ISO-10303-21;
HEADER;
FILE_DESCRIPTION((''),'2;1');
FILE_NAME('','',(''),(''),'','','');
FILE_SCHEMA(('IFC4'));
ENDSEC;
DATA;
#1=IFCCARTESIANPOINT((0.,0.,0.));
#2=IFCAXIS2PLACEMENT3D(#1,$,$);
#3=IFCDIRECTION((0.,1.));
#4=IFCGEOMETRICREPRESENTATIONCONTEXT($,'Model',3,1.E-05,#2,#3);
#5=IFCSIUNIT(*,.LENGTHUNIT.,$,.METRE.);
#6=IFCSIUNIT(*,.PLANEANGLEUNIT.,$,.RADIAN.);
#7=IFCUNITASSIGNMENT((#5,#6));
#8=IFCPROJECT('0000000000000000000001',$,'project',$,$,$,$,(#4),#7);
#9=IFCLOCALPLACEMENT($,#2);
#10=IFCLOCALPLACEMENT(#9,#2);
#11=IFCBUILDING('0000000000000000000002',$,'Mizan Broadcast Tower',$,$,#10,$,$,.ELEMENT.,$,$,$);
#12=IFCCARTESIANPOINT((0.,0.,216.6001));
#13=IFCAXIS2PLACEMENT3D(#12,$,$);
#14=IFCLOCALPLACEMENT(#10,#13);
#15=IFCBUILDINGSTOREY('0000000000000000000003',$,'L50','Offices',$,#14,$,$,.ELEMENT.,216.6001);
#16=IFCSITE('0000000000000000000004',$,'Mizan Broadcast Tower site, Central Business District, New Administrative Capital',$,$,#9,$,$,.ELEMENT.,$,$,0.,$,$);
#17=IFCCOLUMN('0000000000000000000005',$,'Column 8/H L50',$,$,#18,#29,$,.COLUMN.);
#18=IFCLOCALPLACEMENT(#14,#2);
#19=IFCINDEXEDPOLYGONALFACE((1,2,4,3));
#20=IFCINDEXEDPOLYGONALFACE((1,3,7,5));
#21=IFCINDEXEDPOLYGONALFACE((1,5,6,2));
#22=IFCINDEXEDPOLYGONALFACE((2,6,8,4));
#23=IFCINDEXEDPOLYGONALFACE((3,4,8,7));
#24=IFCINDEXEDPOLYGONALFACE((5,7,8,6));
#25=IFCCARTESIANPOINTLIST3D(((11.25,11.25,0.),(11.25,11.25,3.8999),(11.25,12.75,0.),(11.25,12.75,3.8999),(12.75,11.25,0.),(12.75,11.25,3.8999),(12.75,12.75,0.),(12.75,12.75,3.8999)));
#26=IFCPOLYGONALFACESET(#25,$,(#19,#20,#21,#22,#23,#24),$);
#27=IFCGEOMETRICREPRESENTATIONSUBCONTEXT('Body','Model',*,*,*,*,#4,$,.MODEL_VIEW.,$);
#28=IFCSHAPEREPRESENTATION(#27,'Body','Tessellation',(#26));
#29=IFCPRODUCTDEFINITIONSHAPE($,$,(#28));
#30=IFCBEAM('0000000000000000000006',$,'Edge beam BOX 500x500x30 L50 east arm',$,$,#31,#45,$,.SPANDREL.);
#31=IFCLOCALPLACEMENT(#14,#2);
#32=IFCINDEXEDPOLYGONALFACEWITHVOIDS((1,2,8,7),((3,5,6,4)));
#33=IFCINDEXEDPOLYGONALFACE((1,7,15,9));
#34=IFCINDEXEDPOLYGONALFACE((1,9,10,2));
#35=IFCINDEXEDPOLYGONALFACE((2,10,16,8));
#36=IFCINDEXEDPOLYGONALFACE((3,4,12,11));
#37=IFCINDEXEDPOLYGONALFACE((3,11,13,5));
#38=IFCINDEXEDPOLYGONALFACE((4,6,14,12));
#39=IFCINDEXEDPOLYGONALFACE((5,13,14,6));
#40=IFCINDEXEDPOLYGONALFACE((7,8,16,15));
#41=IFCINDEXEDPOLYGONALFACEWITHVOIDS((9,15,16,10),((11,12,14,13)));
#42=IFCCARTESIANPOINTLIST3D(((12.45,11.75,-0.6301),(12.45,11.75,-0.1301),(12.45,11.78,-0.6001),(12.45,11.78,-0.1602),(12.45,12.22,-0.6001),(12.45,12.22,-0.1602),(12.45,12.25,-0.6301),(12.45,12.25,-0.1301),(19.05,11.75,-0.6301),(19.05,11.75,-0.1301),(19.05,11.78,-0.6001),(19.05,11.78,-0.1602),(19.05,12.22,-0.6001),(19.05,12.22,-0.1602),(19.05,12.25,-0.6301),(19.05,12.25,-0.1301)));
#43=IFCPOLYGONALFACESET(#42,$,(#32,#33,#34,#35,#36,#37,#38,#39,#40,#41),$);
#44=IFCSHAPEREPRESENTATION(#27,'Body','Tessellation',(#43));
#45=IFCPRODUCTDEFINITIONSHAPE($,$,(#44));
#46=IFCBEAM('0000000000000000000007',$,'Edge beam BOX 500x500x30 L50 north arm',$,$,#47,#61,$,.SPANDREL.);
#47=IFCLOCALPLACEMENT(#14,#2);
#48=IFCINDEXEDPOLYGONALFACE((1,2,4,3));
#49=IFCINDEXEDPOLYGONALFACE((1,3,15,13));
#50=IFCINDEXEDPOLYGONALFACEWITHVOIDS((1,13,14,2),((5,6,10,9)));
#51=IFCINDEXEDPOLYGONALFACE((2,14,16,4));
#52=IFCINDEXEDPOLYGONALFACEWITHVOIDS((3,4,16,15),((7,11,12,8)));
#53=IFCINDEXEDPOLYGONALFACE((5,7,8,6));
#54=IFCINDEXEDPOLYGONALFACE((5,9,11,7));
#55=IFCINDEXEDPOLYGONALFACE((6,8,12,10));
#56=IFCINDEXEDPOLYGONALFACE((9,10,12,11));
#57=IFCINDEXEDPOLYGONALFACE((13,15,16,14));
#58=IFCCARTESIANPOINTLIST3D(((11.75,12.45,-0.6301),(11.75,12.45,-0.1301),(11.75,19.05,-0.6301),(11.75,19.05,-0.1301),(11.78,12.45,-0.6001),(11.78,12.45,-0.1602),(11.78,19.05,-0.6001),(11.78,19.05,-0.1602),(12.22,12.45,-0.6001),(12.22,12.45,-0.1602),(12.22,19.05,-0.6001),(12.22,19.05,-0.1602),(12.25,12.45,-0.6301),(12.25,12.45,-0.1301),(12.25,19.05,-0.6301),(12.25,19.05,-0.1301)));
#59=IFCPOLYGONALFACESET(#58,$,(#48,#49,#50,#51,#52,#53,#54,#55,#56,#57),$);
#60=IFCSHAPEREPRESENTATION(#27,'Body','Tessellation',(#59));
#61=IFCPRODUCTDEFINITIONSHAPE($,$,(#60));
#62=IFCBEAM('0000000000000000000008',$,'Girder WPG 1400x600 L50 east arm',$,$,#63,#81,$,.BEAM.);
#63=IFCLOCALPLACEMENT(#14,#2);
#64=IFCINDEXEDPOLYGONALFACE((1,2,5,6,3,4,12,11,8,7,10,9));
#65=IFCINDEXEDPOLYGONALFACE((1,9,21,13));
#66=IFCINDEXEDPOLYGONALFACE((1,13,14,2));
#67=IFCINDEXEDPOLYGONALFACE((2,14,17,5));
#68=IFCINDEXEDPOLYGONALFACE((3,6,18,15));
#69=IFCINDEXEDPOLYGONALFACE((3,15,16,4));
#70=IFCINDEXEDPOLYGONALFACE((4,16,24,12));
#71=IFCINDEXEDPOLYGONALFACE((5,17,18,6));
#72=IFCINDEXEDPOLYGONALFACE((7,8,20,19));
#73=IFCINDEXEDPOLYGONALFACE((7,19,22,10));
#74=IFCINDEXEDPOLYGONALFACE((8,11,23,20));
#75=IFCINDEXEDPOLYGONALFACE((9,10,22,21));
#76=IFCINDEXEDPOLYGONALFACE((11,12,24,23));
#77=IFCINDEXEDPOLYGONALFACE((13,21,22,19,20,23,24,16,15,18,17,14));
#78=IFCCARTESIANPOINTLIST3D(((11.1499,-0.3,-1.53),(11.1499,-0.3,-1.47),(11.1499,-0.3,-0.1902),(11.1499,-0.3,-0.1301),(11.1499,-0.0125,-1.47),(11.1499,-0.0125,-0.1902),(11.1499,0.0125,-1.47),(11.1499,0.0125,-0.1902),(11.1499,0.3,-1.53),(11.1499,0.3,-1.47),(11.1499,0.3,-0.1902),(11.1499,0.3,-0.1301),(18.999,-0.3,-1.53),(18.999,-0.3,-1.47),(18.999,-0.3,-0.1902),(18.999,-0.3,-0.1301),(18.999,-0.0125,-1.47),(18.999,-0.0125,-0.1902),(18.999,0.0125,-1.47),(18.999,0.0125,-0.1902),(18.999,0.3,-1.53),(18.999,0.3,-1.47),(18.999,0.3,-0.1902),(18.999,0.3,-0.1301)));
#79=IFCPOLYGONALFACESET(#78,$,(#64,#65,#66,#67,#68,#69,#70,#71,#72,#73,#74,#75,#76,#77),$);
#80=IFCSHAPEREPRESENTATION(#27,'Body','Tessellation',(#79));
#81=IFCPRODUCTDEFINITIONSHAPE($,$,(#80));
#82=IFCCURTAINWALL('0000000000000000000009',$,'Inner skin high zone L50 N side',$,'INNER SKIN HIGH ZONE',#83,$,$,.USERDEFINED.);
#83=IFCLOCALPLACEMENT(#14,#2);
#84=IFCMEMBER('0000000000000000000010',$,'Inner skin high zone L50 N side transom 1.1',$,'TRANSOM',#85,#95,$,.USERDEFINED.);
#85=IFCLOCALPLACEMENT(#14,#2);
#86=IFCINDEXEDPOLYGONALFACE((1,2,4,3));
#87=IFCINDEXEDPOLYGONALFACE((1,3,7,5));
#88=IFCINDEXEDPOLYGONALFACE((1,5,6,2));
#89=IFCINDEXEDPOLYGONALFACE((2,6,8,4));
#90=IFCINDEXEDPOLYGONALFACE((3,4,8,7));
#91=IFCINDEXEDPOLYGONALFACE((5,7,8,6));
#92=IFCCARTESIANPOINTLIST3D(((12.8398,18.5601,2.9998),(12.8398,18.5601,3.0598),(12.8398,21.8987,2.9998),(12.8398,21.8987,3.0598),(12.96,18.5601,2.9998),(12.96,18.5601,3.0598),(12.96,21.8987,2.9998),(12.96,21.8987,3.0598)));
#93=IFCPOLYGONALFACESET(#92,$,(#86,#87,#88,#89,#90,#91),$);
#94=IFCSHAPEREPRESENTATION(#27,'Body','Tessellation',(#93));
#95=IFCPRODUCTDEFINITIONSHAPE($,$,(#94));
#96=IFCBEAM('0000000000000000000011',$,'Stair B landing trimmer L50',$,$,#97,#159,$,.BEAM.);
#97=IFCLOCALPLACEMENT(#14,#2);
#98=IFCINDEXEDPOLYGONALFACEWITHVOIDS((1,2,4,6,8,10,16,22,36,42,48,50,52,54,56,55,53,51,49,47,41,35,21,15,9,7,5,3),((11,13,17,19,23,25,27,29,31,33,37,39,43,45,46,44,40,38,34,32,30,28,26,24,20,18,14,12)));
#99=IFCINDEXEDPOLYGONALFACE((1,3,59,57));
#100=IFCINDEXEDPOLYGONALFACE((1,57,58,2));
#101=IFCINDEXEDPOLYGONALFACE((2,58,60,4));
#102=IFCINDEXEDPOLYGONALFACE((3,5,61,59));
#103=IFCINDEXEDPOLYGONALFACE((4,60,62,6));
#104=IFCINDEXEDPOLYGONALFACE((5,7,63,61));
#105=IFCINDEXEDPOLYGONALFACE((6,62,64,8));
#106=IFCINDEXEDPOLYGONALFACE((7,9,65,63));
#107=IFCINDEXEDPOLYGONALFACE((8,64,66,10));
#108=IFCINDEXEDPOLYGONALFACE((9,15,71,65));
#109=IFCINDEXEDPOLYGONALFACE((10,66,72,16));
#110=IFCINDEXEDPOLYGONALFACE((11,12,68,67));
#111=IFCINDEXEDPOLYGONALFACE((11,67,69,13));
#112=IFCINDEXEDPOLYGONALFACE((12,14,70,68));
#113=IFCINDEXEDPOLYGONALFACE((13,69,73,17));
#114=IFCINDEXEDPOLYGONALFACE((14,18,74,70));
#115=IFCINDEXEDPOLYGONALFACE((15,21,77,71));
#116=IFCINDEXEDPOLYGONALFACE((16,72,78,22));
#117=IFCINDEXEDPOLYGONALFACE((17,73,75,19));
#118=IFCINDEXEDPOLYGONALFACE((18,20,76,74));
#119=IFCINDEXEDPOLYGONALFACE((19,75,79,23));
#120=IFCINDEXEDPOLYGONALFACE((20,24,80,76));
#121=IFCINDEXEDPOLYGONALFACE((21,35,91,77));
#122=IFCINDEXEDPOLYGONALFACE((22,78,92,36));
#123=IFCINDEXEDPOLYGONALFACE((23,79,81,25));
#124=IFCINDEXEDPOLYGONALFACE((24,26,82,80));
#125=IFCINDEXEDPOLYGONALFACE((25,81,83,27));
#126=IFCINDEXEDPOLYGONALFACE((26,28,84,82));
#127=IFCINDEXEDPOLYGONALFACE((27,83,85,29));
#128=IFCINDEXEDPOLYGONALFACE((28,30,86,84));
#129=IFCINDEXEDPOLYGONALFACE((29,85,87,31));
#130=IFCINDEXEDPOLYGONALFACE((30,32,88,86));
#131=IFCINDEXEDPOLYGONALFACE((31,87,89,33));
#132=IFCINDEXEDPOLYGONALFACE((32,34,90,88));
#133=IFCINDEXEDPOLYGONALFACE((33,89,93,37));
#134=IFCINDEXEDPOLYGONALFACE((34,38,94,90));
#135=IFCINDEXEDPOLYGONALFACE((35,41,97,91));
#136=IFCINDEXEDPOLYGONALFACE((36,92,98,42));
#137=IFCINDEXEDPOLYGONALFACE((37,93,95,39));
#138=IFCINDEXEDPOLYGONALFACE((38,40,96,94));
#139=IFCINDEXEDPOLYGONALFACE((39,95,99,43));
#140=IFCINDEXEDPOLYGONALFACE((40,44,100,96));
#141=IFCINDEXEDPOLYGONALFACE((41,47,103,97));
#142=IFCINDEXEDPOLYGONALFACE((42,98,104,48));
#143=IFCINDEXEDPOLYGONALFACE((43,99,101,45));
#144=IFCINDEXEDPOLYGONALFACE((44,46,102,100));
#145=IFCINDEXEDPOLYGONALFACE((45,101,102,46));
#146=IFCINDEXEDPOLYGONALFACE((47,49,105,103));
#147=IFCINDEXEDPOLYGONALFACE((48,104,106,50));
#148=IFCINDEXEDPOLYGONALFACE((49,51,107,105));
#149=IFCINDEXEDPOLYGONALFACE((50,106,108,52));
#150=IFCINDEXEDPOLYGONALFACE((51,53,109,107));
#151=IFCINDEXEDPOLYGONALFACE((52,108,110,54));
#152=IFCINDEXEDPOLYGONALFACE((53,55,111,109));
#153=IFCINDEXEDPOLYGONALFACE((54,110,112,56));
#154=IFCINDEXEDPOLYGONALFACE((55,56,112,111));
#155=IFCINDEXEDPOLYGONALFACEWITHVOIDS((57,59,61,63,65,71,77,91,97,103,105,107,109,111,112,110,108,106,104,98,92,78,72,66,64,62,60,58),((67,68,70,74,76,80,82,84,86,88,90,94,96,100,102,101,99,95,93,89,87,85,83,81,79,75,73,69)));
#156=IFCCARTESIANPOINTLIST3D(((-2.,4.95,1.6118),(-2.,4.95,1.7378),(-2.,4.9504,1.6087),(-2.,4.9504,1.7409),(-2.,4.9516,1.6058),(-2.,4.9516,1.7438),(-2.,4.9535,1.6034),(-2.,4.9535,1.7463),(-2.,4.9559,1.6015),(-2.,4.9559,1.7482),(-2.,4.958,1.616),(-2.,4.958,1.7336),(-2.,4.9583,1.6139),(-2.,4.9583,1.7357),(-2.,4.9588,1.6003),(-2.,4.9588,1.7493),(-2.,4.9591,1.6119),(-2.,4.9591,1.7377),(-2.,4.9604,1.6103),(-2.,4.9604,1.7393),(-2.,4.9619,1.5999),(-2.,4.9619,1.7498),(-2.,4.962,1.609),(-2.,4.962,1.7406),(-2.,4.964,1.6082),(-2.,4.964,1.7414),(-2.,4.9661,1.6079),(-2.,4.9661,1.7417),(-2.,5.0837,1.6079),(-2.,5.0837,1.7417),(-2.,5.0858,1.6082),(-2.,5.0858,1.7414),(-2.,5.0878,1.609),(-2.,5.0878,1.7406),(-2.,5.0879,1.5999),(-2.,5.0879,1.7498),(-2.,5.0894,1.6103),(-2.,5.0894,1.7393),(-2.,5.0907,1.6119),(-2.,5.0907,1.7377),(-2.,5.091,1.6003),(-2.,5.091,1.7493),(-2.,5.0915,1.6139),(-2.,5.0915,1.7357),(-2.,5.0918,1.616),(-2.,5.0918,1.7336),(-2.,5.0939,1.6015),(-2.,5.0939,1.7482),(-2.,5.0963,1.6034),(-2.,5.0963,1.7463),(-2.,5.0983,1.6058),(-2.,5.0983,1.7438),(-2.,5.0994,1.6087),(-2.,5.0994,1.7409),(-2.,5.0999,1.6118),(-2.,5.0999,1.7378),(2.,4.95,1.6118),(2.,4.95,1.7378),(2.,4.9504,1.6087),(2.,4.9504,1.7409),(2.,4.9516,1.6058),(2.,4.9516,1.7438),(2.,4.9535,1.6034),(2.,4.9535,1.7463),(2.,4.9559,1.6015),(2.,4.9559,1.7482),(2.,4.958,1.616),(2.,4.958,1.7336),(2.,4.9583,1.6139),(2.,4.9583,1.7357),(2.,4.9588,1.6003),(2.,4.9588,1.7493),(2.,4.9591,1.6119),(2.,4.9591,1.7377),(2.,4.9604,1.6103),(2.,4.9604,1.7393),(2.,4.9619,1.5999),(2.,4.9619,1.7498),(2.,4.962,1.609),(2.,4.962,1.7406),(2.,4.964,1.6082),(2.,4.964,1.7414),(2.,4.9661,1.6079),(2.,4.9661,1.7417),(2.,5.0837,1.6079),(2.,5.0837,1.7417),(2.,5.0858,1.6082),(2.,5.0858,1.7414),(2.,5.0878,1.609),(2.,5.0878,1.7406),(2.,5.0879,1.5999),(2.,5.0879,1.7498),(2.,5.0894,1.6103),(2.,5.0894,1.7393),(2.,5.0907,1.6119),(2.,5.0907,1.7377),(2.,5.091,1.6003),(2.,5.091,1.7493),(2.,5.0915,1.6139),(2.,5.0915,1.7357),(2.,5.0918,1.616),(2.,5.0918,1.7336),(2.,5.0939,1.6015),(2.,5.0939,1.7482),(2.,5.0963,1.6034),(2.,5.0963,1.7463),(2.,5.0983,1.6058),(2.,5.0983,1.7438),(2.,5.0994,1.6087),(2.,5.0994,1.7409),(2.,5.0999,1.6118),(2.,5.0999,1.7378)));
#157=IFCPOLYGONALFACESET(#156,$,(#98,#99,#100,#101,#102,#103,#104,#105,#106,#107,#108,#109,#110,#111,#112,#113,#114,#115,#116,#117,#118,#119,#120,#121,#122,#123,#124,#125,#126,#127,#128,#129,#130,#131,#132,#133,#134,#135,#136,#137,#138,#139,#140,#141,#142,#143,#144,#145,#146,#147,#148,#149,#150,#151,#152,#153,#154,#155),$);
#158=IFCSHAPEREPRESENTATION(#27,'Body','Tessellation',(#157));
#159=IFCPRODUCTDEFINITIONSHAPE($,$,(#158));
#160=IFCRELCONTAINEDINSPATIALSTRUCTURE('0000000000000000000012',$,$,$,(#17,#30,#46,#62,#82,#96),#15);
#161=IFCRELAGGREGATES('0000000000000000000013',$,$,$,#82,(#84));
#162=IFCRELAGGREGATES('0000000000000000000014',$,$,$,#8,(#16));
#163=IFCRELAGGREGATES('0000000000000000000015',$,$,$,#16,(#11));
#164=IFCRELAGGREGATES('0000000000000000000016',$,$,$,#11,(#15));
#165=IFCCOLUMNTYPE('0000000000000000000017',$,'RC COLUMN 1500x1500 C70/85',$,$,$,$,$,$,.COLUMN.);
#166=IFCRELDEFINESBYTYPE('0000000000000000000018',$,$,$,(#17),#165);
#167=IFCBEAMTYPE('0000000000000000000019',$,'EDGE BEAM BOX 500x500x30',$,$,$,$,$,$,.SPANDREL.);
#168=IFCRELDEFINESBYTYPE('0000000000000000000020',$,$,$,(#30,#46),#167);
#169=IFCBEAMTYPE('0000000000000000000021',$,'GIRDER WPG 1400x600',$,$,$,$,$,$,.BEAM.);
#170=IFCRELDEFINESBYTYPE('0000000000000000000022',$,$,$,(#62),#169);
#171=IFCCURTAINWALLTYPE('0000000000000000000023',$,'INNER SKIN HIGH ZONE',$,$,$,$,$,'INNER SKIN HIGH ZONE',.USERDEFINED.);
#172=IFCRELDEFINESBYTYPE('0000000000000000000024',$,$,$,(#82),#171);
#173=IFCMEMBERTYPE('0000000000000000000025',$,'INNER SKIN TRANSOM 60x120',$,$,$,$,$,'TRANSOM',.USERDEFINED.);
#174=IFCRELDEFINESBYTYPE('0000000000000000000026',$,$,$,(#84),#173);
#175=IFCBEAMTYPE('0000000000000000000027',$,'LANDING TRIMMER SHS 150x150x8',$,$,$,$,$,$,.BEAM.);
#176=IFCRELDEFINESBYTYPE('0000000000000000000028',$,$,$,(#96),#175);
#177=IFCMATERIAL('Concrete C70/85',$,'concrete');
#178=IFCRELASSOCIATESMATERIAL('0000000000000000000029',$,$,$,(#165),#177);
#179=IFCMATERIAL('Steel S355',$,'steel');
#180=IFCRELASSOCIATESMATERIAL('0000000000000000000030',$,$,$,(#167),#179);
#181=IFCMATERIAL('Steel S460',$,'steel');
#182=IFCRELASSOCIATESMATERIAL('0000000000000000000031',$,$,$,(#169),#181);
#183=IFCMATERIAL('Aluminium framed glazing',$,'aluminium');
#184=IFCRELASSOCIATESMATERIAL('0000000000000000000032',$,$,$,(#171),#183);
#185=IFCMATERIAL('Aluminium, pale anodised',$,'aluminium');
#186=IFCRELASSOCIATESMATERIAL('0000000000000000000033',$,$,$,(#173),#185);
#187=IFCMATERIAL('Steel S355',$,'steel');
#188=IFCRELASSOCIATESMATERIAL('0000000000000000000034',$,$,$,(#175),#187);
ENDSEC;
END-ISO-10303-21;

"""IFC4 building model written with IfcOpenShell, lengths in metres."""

from ifc_helpers import new_model, si_unit, direction, frame, origin, origin_2d, place, context, subcontext, project, spatial, rectangle, hollow_rectangle, i_section, extrude, material, material_profile, profile_set, type_object, element, aggregate, save


model = new_model("IFC4")

# Units and contexts
model_context = context("Model", 3, precision=1e-05, world=origin(), true_north=direction((0.0, 1.0)))
body_context = subcontext(model_context, "Body", "Model", "MODEL_VIEW")
ifc_project = project(units=[si_unit("LENGTHUNIT", "METRE"), si_unit("PLANEANGLEUNIT", "RADIAN")], contexts=[model_context])

# Site, building, storey
site_placement = place(None, origin())
site = spatial("IfcSite", under=ifc_project, at=site_placement, Name="Mizan Broadcast Tower site, Central Business District, New Administrative Capital", CompositionType="ELEMENT", RefElevation=0.0)
building_placement = place(site_placement, origin())
building = spatial("IfcBuilding", under=site, at=building_placement, Name="Mizan Broadcast Tower", CompositionType="ELEMENT")
storey_placement = place(building_placement, frame((0.0, 0.0, 216.6001)))
storey = spatial("IfcBuildingStorey", under=building, at=storey_placement, Name="L50", Description="Offices", CompositionType="ELEMENT", Elevation=216.6001)

# Column
ifc_material_1 = material(Name="Concrete C70/85", Category="concrete")
ifc_material_profile_1 = material_profile(ifc_material_1, rectangle(XDim=1.5, YDim=1.5, at=origin_2d()), Name="RC 1500x1500")
ifc_profile_set_1 = profile_set([ifc_material_profile_1], Name="Concrete C70/85")
column_type = type_object("IfcColumnType", Name="RC COLUMN 1500x1500 C70/85", PredefinedType="COLUMN", material=ifc_profile_set_1)
column_placement = place(storey_placement, frame((12.0, 12.0, 0.0), z_axis=(0.0, 0.0, 1.0), x_axis=(1.0, 0.0, 0.0)))
element("IfcColumn", 1, at=column_placement, inside=storey, type_object=column_type, Name="Column 8/H L50", PredefinedType="COLUMN", context=body_context, shape_type="SweptSolid", body=[
    extrude(rectangle(XDim=1.5, YDim=1.5, at=origin_2d()), origin(), (0.0, 0.0, 1.0), 3.8999),
])

# Beams
ifc_material_2 = material(Name="Steel S355", Category="steel")
ifc_material_profile_2 = material_profile(ifc_material_2, hollow_rectangle(XDim=0.5, YDim=0.5, WallThickness=0.03, at=origin_2d()), Name="BOX 500x500x30")
ifc_profile_set_2 = profile_set([ifc_material_profile_2], Name="Steel S355")
beam_type_1 = type_object("IfcBeamType", Name="EDGE BEAM BOX 500x500x30", PredefinedType="SPANDREL", material=ifc_profile_set_2)
for number, where, z_axis, x_axis, name in (
    (2, (12.45, 12.0, -0.3801), (1.0, 0.0, 0.0), (0.0, 1.0, 0.0), "Edge beam BOX 500x500x30 L50 east arm"),
    (3, (12.0, 12.45, -0.3801), (0.0, 1.0, 0.0), (-1.0, 0.0, 0.0), "Edge beam BOX 500x500x30 L50 north arm"),
):
    element("IfcBeam", number, at=place(storey_placement, frame(where, z_axis=z_axis, x_axis=x_axis)), inside=storey, type_object=beam_type_1, Name=name, PredefinedType="SPANDREL", context=body_context, shape_type="SweptSolid", body=[
        extrude(hollow_rectangle(XDim=0.5, YDim=0.5, WallThickness=0.03, at=origin_2d()), origin(), (0.0, 0.0, 1.0), 6.6001),
    ])
ifc_material_3 = material(Name="Steel S460", Category="steel")
ifc_material_profile_3 = material_profile(ifc_material_3, i_section(OverallWidth=0.6001, OverallDepth=1.3999, WebThickness=0.0249, FlangeThickness=0.0601, at=origin_2d()), Name="WPG 1400x600")
ifc_profile_set_3 = profile_set([ifc_material_profile_3], Name="Steel S460")
beam_type_2 = type_object("IfcBeamType", Name="GIRDER WPG 1400x600", PredefinedType="BEAM", material=ifc_profile_set_3)
beam_1_placement = place(storey_placement, frame((11.1499, 0.0, -0.8301), z_axis=(1.0, 0.0, 0.0), x_axis=(0.0, 1.0, 0.0)))
element("IfcBeam", 4, at=beam_1_placement, inside=storey, type_object=beam_type_2, Name="Girder WPG 1400x600 L50 east arm", PredefinedType="BEAM", context=body_context, shape_type="SweptSolid", body=[
    extrude(i_section(OverallWidth=0.6001, OverallDepth=1.3999, WebThickness=0.0249, FlangeThickness=0.0601, at=origin_2d()), origin(), (0.0, 0.0, 1.0), 7.8491),
])

# Curtain wall, member
ifc_material_4 = material(Name="Aluminium framed glazing", Category="aluminium")
curtain_wall_type = type_object("IfcCurtainWallType", Name="INNER SKIN HIGH ZONE", ElementType="INNER SKIN HIGH ZONE", PredefinedType="USERDEFINED", material=ifc_material_4)
curtain_wall_placement = place(storey_placement, origin())
curtain_wall = element("IfcCurtainWall", 5, at=curtain_wall_placement, inside=storey, type_object=curtain_wall_type, Name="Inner skin high zone L50 N side", ObjectType="INNER SKIN HIGH ZONE", PredefinedType="USERDEFINED")
ifc_material_5 = material(Name="Aluminium, pale anodised", Category="aluminium")
ifc_material_profile_4 = material_profile(ifc_material_5, rectangle(XDim=0.1201, YDim=0.0601, at=origin_2d()), Name="TRANSOM 120x60")
ifc_profile_set_4 = profile_set([ifc_material_profile_4], Name="Aluminium, pale anodised")
member_type = type_object("IfcMemberType", Name="INNER SKIN TRANSOM 60x120", ElementType="TRANSOM", PredefinedType="USERDEFINED", material=ifc_profile_set_4)
member_placement = place(storey_placement, frame((12.8999, 18.5601, 3.0298), z_axis=(0.0, 1.0, 0.0), x_axis=(-1.0, 0.0, 0.0)))
member = element("IfcMember", 6, at=member_placement, type_object=member_type, Name="Inner skin high zone L50 N side transom 1.1", ObjectType="TRANSOM", PredefinedType="USERDEFINED", context=body_context, shape_type="SweptSolid", body=[
    extrude(rectangle(XDim=0.1201, YDim=0.0601, at=origin_2d()), origin(), (0.0, 0.0, 1.0), 3.3386),
])
aggregate(curtain_wall, [member])

# Beam
ifc_material_6 = material(Name="Steel S355", Category="steel")
ifc_material_profile_5 = material_profile(ifc_material_6, hollow_rectangle(XDim=0.1499, YDim=0.1499, WallThickness=0.0081, InnerFilletRadius=0.0081, OuterFilletRadius=0.012, at=origin_2d()), Name="SHS 150x150x8")
ifc_profile_set_5 = profile_set([ifc_material_profile_5], Name="Steel S355")
beam_type_3 = type_object("IfcBeamType", Name="LANDING TRIMMER SHS 150x150x8", PredefinedType="BEAM", material=ifc_profile_set_5)
for number, where, z_axis, x_axis, name in (
    (7, (2.0, 5.0249, 1.6748), (-1.0, 0.0, 0.0), (0.0, -1.0, 0.0), "Stair B landing trimmer L50"),
):
    element("IfcBeam", number, at=place(storey_placement, frame(where, z_axis=z_axis, x_axis=x_axis)), inside=storey, type_object=beam_type_3, Name=name, PredefinedType="BEAM", context=body_context, shape_type="SweptSolid", body=[
        extrude(hollow_rectangle(XDim=0.1499, YDim=0.1499, WallThickness=0.0081, InnerFilletRadius=0.0081, OuterFilletRadius=0.012, at=origin_2d()), origin(), (0.0, 0.0, 1.0), 4.0),
    ])

save(model, "model.ifc")
